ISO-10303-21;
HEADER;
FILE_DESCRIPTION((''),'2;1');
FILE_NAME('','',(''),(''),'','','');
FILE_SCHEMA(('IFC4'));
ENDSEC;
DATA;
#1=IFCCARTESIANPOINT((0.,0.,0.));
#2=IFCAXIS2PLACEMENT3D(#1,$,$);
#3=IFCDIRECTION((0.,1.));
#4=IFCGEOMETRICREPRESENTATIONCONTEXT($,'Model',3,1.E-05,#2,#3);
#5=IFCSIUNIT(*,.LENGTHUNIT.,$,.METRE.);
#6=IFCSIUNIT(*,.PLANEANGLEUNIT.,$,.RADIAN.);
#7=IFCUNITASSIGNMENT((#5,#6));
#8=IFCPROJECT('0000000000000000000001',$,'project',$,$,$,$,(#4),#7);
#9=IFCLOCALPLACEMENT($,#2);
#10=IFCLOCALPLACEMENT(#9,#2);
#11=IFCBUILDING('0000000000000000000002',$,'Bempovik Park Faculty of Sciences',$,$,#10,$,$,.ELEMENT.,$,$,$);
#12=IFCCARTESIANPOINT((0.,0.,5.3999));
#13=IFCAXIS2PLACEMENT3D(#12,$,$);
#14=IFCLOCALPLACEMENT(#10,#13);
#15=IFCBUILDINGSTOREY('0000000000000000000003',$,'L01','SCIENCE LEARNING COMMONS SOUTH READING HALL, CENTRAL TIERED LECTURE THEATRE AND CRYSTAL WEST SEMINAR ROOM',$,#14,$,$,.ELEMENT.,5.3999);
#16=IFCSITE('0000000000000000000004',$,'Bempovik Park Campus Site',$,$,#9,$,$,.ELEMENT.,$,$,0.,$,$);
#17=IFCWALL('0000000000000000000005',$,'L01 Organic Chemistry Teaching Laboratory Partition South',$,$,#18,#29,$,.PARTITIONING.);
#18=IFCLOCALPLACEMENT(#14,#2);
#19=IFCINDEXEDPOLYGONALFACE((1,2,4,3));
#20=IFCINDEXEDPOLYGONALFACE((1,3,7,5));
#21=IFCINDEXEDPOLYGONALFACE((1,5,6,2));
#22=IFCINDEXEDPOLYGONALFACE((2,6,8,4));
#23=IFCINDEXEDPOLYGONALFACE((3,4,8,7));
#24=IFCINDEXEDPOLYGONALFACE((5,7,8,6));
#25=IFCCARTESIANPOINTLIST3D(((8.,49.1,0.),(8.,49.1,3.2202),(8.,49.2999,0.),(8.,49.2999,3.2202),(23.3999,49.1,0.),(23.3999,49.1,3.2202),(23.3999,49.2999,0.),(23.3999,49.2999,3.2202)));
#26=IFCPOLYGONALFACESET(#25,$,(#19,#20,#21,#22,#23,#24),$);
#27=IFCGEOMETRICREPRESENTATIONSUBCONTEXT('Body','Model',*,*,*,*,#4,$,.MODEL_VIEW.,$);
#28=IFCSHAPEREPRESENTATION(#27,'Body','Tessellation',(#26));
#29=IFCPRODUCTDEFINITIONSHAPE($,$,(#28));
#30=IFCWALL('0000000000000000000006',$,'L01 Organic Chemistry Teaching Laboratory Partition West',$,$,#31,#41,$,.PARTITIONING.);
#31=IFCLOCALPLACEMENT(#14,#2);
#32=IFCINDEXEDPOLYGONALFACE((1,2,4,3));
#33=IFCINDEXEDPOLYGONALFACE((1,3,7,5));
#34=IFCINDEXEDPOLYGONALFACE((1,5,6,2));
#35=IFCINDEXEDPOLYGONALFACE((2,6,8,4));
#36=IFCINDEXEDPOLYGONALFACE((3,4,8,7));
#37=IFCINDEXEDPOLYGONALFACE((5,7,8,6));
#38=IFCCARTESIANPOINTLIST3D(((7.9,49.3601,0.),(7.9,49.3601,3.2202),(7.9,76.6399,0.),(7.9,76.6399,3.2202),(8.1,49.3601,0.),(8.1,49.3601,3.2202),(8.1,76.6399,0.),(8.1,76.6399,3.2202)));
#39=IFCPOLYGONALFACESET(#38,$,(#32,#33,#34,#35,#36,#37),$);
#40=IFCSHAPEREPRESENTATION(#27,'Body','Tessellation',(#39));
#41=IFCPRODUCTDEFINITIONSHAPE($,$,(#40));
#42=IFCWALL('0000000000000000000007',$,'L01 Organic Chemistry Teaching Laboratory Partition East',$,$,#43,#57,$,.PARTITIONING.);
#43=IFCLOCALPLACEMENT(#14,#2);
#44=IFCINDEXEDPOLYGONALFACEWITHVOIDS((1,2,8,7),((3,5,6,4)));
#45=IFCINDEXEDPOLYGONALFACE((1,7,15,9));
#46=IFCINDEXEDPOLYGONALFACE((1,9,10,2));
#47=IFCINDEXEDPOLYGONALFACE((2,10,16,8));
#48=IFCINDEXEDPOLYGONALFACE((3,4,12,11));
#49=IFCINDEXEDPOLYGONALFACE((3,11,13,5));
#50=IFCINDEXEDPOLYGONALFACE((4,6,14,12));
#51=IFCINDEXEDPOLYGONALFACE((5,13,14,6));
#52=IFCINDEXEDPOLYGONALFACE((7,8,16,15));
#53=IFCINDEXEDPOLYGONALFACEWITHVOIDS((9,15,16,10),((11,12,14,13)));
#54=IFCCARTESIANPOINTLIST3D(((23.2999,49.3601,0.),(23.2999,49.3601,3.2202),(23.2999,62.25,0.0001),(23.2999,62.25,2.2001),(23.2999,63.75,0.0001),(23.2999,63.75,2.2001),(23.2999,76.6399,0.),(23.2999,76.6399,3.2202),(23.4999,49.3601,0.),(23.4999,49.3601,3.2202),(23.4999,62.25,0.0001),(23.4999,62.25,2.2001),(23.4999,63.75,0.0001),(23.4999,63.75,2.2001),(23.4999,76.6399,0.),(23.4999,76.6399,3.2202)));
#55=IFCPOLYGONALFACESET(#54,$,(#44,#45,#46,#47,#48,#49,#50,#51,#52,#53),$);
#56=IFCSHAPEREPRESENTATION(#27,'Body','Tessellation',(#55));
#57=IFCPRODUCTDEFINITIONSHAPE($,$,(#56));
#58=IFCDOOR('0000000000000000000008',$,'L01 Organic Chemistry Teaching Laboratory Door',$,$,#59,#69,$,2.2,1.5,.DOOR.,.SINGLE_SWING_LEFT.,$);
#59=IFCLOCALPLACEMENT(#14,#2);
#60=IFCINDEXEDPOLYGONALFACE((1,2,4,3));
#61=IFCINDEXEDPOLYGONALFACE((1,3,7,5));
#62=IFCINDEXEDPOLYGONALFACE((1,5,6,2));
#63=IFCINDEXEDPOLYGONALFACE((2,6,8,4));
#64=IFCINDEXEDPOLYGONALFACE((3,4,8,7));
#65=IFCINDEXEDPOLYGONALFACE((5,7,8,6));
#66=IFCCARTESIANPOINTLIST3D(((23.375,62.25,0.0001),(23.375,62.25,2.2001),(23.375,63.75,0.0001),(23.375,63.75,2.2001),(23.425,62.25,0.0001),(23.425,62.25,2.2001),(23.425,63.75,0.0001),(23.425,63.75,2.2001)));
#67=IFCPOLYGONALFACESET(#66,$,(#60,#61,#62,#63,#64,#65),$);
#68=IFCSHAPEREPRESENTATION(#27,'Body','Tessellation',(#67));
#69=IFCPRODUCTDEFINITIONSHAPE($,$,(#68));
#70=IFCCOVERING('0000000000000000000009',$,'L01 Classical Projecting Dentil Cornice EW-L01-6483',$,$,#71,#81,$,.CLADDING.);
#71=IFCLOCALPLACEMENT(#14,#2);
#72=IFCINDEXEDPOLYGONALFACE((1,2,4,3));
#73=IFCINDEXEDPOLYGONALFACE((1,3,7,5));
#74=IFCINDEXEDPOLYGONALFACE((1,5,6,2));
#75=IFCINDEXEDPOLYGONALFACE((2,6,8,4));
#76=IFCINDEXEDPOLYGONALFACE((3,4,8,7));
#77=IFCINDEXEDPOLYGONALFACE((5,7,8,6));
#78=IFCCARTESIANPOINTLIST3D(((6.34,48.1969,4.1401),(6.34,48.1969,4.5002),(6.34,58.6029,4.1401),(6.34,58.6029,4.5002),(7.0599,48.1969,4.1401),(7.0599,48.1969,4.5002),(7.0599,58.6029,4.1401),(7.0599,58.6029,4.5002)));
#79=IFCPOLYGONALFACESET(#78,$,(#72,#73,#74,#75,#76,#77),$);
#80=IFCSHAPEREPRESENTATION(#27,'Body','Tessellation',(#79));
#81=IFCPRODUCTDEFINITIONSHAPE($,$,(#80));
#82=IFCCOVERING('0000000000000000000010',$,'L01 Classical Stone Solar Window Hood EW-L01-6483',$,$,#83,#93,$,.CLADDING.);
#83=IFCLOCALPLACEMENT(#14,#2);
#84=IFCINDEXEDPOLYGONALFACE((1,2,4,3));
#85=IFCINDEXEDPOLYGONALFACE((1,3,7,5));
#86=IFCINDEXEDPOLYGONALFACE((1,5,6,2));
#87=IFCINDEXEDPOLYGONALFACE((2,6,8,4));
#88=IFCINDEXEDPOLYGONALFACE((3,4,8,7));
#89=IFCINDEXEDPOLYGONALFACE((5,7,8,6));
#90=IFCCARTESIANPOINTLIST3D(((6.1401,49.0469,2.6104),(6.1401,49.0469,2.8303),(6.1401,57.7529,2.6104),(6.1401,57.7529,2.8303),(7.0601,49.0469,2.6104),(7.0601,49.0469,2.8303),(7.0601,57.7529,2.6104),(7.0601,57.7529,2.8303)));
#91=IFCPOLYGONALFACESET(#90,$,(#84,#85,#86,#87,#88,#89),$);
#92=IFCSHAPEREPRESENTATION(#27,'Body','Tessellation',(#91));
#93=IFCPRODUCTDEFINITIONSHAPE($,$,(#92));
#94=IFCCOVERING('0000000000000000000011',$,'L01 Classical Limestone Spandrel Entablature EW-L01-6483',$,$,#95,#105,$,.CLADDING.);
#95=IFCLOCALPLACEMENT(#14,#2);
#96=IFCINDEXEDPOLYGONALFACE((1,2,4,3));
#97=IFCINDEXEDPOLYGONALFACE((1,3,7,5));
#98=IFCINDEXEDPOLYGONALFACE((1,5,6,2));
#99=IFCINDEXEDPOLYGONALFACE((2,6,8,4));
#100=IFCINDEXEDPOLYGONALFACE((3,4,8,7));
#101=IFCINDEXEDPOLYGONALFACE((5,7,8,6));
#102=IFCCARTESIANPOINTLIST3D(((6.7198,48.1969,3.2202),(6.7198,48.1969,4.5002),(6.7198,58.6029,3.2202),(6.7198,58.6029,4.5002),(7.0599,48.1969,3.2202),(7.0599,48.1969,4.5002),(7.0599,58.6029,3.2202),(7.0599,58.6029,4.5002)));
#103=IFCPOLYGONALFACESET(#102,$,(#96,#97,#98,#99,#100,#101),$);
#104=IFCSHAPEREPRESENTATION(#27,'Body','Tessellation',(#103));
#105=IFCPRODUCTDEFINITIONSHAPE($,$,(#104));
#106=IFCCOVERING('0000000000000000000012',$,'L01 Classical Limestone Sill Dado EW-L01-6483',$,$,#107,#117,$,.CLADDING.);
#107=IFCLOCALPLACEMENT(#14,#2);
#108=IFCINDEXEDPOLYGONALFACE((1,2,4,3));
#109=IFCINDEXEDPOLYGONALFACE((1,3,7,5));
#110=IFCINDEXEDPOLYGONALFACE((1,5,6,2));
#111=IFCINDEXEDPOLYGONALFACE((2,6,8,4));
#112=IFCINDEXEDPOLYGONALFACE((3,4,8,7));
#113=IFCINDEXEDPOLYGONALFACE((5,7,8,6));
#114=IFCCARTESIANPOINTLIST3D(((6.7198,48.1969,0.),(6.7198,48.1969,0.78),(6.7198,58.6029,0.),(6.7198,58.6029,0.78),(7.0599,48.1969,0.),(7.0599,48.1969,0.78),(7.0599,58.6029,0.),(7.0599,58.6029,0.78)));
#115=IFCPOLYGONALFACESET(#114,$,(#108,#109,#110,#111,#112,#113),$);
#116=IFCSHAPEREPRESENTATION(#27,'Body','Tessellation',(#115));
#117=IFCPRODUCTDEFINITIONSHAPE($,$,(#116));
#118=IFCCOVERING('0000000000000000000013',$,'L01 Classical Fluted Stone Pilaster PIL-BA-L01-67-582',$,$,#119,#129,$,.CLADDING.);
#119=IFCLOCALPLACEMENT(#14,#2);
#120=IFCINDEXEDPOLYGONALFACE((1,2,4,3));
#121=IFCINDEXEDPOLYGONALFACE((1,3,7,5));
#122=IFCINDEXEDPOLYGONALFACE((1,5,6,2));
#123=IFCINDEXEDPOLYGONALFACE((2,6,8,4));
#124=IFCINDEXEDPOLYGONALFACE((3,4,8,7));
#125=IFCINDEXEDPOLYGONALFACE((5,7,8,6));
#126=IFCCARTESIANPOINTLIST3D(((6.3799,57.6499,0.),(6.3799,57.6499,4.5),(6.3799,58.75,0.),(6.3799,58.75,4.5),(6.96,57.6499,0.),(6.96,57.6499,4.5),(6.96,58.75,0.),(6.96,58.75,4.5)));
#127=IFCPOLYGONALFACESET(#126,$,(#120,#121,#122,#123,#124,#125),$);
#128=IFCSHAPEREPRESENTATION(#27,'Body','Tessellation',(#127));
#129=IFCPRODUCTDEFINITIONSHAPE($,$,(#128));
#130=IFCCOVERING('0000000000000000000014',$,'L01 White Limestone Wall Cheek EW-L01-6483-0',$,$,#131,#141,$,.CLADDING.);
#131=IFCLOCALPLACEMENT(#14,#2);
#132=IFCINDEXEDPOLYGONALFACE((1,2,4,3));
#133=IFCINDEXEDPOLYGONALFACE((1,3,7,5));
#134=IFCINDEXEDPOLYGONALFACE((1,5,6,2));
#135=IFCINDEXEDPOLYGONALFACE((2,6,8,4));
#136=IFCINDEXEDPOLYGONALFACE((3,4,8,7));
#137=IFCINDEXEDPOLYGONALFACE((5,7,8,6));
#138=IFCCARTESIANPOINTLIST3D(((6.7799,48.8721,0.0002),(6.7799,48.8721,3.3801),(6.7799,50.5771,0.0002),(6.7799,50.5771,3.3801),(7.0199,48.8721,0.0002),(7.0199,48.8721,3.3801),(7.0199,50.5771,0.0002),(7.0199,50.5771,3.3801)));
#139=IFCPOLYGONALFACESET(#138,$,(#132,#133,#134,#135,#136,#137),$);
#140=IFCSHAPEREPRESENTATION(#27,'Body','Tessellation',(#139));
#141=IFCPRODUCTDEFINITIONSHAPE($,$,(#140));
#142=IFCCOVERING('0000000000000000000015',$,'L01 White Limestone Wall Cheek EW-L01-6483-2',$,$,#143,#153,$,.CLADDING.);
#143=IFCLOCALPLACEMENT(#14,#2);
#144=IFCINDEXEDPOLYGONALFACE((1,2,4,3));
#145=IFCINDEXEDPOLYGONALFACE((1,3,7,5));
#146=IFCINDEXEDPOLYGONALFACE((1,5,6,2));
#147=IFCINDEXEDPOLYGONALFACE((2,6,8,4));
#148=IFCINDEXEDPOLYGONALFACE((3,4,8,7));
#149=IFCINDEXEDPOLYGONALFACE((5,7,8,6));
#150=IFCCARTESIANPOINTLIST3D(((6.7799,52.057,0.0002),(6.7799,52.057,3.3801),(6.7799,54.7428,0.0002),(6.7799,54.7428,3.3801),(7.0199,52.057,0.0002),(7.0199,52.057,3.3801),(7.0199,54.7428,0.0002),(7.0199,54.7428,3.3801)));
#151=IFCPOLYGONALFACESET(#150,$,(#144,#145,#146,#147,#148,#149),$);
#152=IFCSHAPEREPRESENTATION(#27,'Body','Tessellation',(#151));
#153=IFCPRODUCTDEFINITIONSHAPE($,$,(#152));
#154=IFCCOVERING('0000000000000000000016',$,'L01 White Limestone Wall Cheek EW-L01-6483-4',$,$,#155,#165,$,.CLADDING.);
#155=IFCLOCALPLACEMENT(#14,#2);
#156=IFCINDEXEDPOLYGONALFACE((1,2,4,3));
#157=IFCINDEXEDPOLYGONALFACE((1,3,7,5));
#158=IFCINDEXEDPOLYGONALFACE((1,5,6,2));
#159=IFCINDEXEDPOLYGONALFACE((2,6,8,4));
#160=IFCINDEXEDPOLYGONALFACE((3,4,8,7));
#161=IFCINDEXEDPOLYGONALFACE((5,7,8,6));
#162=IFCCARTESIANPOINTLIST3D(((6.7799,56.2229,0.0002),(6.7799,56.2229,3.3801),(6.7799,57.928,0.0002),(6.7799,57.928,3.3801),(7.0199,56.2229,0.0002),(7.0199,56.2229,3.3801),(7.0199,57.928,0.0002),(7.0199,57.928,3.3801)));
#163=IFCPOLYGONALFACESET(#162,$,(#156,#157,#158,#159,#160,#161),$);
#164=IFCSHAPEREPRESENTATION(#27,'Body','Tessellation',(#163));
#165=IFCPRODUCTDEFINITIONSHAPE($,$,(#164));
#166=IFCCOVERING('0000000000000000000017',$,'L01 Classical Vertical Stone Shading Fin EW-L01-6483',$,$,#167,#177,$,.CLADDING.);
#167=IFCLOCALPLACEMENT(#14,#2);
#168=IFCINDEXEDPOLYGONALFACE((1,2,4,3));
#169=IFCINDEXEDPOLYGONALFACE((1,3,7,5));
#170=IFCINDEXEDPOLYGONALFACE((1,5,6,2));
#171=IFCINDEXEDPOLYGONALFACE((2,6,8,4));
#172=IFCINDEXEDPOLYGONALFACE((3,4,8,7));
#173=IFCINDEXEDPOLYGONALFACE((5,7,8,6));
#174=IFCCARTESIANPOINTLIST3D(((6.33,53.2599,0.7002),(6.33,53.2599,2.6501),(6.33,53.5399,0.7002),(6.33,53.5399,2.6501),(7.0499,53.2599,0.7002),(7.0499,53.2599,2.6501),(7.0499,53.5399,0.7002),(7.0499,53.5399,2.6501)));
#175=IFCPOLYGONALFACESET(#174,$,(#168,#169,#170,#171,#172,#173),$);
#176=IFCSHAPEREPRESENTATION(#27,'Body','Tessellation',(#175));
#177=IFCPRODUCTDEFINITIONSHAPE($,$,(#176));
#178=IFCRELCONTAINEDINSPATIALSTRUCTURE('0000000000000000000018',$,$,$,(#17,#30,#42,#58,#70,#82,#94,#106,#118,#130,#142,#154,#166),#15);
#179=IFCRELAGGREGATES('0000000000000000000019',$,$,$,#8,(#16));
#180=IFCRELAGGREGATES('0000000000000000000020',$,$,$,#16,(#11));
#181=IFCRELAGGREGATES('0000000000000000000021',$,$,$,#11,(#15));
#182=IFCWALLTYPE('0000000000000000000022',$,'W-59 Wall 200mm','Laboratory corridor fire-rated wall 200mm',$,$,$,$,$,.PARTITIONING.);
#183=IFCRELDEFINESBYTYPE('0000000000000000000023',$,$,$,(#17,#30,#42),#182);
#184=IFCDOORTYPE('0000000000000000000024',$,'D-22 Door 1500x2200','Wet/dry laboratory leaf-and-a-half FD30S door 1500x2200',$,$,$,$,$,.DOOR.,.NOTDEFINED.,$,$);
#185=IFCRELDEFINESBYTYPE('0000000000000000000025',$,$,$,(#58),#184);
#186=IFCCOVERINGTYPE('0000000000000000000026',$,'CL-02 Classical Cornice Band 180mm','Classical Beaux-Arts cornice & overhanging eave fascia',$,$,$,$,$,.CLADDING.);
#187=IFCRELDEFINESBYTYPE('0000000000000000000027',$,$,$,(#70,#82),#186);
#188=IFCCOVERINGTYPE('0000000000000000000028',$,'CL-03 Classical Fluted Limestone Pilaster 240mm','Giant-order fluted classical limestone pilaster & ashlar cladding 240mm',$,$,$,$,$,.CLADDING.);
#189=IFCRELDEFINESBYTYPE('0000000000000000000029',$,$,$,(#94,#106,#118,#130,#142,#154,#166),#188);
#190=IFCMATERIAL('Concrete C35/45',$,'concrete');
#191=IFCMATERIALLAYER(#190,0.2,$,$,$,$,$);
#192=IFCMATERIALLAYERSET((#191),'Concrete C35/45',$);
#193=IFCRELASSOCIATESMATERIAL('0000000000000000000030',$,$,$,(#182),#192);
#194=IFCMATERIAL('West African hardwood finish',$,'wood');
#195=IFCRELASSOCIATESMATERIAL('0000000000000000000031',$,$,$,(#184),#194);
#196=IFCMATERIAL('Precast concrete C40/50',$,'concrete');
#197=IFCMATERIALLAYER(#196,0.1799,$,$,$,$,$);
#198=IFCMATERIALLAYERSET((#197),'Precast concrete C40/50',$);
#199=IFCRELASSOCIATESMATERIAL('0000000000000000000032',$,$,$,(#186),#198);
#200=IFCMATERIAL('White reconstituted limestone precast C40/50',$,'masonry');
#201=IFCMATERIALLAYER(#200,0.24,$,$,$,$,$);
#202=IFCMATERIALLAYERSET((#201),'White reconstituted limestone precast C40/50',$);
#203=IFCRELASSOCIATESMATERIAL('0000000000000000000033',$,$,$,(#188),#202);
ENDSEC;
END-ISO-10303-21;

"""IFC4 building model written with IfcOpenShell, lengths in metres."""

from ifc_helpers import new_model, si_unit, direction, frame, frame_2d, origin, origin_2d, place, context, subcontext, project, spatial, rectangle, extrude, material, layer, layer_set, type_object, element, fill, save


model = new_model("IFC4")

# Units and contexts
model_context = context("Model", 3, precision=1e-05, world=origin(), true_north=direction((0.0, 1.0)))
body_context = subcontext(model_context, "Body", "Model", "MODEL_VIEW")
ifc_project = project(units=[si_unit("LENGTHUNIT", "METRE"), si_unit("PLANEANGLEUNIT", "RADIAN")], contexts=[model_context])

# Site, building, storey
site_placement = place(None, origin())
site = spatial("IfcSite", under=ifc_project, at=site_placement, Name="Bempovik Park Campus Site", CompositionType="ELEMENT", RefElevation=0.0)
building_placement = place(site_placement, origin())
building = spatial("IfcBuilding", under=site, at=building_placement, Name="Bempovik Park Faculty of Sciences", CompositionType="ELEMENT")
storey_placement = place(building_placement, frame((0.0, 0.0, 5.3999)))
storey = spatial("IfcBuildingStorey", under=building, at=storey_placement, Name="L01", Description="SCIENCE LEARNING COMMONS SOUTH READING HALL, CENTRAL TIERED LECTURE THEATRE AND CRYSTAL WEST SEMINAR ROOM", CompositionType="ELEMENT", Elevation=5.3999)

# Shared definitions
ifc_material_1 = material(Name="Concrete C35/45", Category="concrete")

# Shared definitions
ifc_material_2 = material(Name="Precast concrete C40/50", Category="concrete")

# Walls
ifc_layer_1 = layer(ifc_material_1, 0.2)
ifc_layer_set_1 = layer_set([ifc_layer_1], Name="Concrete C35/45")
wall_type_1 = type_object("IfcWallType", Name="W-59 Wall 200mm", Description="Laboratory corridor fire-rated wall 200mm", PredefinedType="PARTITIONING", material=ifc_layer_set_1)
wall_1_placement = place(storey_placement, frame((8.0, 49.2, 0.0), z_axis=(0.0, 0.0, 1.0), x_axis=(1.0, 0.0, 0.0)))
element("IfcWall", 1, at=wall_1_placement, inside=storey, type_object=wall_type_1, Name="L01 Organic Chemistry Teaching Laboratory Partition South", PredefinedType="PARTITIONING", context=body_context, shape_type="SweptSolid", body=[
    extrude(rectangle(XDim=15.3999, YDim=0.2, at=frame_2d((7.7, 0.0))), origin(), (0.0, 0.0, 1.0), 3.2202),
])
wall_2_placement = place(storey_placement, frame((8.0, 49.3601, 0.0), z_axis=(0.0, 0.0, 1.0), x_axis=(0.0, 1.0, 0.0)))
element("IfcWall", 2, at=wall_2_placement, inside=storey, type_object=wall_type_1, Name="L01 Organic Chemistry Teaching Laboratory Partition West", PredefinedType="PARTITIONING", context=body_context, shape_type="SweptSolid", body=[
    extrude(rectangle(XDim=27.2798, YDim=0.2, at=frame_2d((13.6399, 0.0))), origin(), (0.0, 0.0, 1.0), 3.2202),
])

# Wall, opening, door
wall_3_placement = place(storey_placement, frame((23.3999, 49.3601, 0.0), z_axis=(0.0, 0.0, 1.0), x_axis=(0.0, 1.0, 0.0)))
wall_3 = element("IfcWall", 3, at=wall_3_placement, inside=storey, type_object=wall_type_1, Name="L01 Organic Chemistry Teaching Laboratory Partition East", PredefinedType="PARTITIONING", context=body_context, shape_type="SweptSolid", body=[
    extrude(rectangle(XDim=27.2798, YDim=0.2, at=frame_2d((13.6399, 0.0))), origin(), (0.0, 0.0, 1.0), 3.2202),
])
opening_1_placement = place(wall_3_placement, frame((12.8899, 0.0, 0.0)))
opening_1 = element("IfcOpeningElement", 4, at=opening_1_placement, cuts=wall_3, PredefinedType="OPENING", context=body_context, shape_type="SweptSolid", body=[
    extrude(rectangle(XDim=1.5, YDim=2.2, at=frame_2d((0.75, 1.1001))), frame((0.0, 0.1099, 0.0), z_axis=(0.0, -1.0, 0.0), x_axis=(1.0, 0.0, 0.0)), (0.0, 0.0, 1.0), 0.22),
])
ifc_material_3 = material(Name="West African hardwood finish", Category="wood")
door_type = type_object("IfcDoorType", Name="D-22 Door 1500x2200", Description="Wet/dry laboratory leaf-and-a-half FD30S door 1500x2200", OperationType="NOTDEFINED", PredefinedType="DOOR", material=ifc_material_3)
door_placement = place(opening_1_placement, origin())
door = element("IfcDoor", 5, at=door_placement, inside=storey, type_object=door_type, Name="L01 Organic Chemistry Teaching Laboratory Door", OperationType="SINGLE_SWING_LEFT", OverallHeight=2.2, OverallWidth=1.5, PredefinedType="DOOR", context=body_context, shape_type="SweptSolid", body=[
    extrude(rectangle(XDim=1.5, YDim=2.2, at=frame_2d((0.75, 1.1001))), frame((0.0, 0.0249, 0.0), z_axis=(0.0, -1.0, 0.0), x_axis=(1.0, 0.0, 0.0)), (0.0, 0.0, 1.0), 0.05),
])
fill(opening_1, door)

# Coverings
ifc_layer_2 = layer(ifc_material_2, 0.1799)
ifc_layer_set_2 = layer_set([ifc_layer_2], Name="Precast concrete C40/50")
covering_type_1 = type_object("IfcCoveringType", Name="CL-02 Classical Cornice Band 180mm", Description="Classical Beaux-Arts cornice & overhanging eave fascia", PredefinedType="CLADDING", material=ifc_layer_set_2)
covering_1_placement = place(storey_placement, frame((6.7, 53.3999, 4.1401), z_axis=(0.0, 0.0, 1.0), x_axis=(1.0, 0.0, 0.0)))
element("IfcCovering", 6, at=covering_1_placement, inside=storey, type_object=covering_type_1, Name="L01 Classical Projecting Dentil Cornice EW-L01-6483", PredefinedType="CLADDING", context=body_context, shape_type="SweptSolid", body=[
    extrude(rectangle(XDim=0.72, YDim=10.406, at=origin_2d()), origin(), (0.0, 0.0, 1.0), 0.3601),
])
covering_2_placement = place(storey_placement, frame((6.6001, 53.3999, 2.6104), z_axis=(0.0, 0.0, 1.0), x_axis=(1.0, 0.0, 0.0)))
element("IfcCovering", 7, at=covering_2_placement, inside=storey, type_object=covering_type_1, Name="L01 Classical Stone Solar Window Hood EW-L01-6483", PredefinedType="CLADDING", context=body_context, shape_type="SweptSolid", body=[
    extrude(rectangle(XDim=0.9199, YDim=8.7061, at=origin_2d()), origin(), (0.0, 0.0, 1.0), 0.22),
])
ifc_material_4 = material(Name="White reconstituted limestone precast C40/50", Category="masonry")
ifc_layer_3 = layer(ifc_material_4, 0.24)
ifc_layer_set_3 = layer_set([ifc_layer_3], Name="White reconstituted limestone precast C40/50")
covering_type_2 = type_object("IfcCoveringType", Name="CL-03 Classical Fluted Limestone Pilaster 240mm", Description="Giant-order fluted classical limestone pilaster & ashlar cladding 240mm", PredefinedType="CLADDING", material=ifc_layer_set_3)
covering_3_placement = place(storey_placement, frame((6.8899, 53.3999, 3.2202), z_axis=(0.0, 0.0, 1.0), x_axis=(1.0, 0.0, 0.0)))
element("IfcCovering", 8, at=covering_3_placement, inside=storey, type_object=covering_type_2, Name="L01 Classical Limestone Spandrel Entablature EW-L01-6483", PredefinedType="CLADDING", context=body_context, shape_type="SweptSolid", body=[
    extrude(rectangle(XDim=0.3401, YDim=10.406, at=origin_2d()), origin(), (0.0, 0.0, 1.0), 1.28),
])
covering_4_placement = place(storey_placement, frame((6.8899, 53.3999, 0.0), z_axis=(0.0, 0.0, 1.0), x_axis=(1.0, 0.0, 0.0)))
element("IfcCovering", 9, at=covering_4_placement, inside=storey, type_object=covering_type_2, Name="L01 Classical Limestone Sill Dado EW-L01-6483", PredefinedType="CLADDING", context=body_context, shape_type="SweptSolid", body=[
    extrude(rectangle(XDim=0.3401, YDim=10.406, at=origin_2d()), origin(), (0.0, 0.0, 1.0), 0.78),
])
covering_5_placement = place(storey_placement, frame((6.6699, 58.2, 0.0), z_axis=(0.0, 0.0, 1.0), x_axis=(1.0, 0.0, 0.0)))
element("IfcCovering", 10, at=covering_5_placement, inside=storey, type_object=covering_type_2, Name="L01 Classical Fluted Stone Pilaster PIL-BA-L01-67-582", PredefinedType="CLADDING", context=body_context, shape_type="SweptSolid", body=[
    extrude(rectangle(XDim=0.5801, YDim=1.1001, at=origin_2d()), origin(), (0.0, 0.0, 1.0), 4.5),
])
covering_6_placement = place(storey_placement, frame((6.8999, 49.7246, 0.0002), z_axis=(0.0, 0.0, 1.0), x_axis=(1.0, 0.0, 0.0)))
element("IfcCovering", 11, at=covering_6_placement, inside=storey, type_object=covering_type_2, Name="L01 White Limestone Wall Cheek EW-L01-6483-0", PredefinedType="CLADDING", context=body_context, shape_type="SweptSolid", body=[
    extrude(rectangle(XDim=0.24, YDim=1.7051, at=origin_2d()), origin(), (0.0, 0.0, 1.0), 3.3799),
])
covering_7_placement = place(storey_placement, frame((6.8999, 53.3999, 0.0002), z_axis=(0.0, 0.0, 1.0), x_axis=(1.0, 0.0, 0.0)))
element("IfcCovering", 12, at=covering_7_placement, inside=storey, type_object=covering_type_2, Name="L01 White Limestone Wall Cheek EW-L01-6483-2", PredefinedType="CLADDING", context=body_context, shape_type="SweptSolid", body=[
    extrude(rectangle(XDim=0.24, YDim=2.6858, at=origin_2d()), origin(), (0.0, 0.0, 1.0), 3.3799),
])
covering_8_placement = place(storey_placement, frame((6.8999, 57.0754, 0.0002), z_axis=(0.0, 0.0, 1.0), x_axis=(1.0, 0.0, 0.0)))
element("IfcCovering", 13, at=covering_8_placement, inside=storey, type_object=covering_type_2, Name="L01 White Limestone Wall Cheek EW-L01-6483-4", PredefinedType="CLADDING", context=body_context, shape_type="SweptSolid", body=[
    extrude(rectangle(XDim=0.24, YDim=1.7051, at=origin_2d()), origin(), (0.0, 0.0, 1.0), 3.3799),
])
covering_9_placement = place(storey_placement, frame((6.6899, 53.3999, 0.7002), z_axis=(0.0, 0.0, 1.0), x_axis=(1.0, 0.0, 0.0)))
element("IfcCovering", 14, at=covering_9_placement, inside=storey, type_object=covering_type_2, Name="L01 Classical Vertical Stone Shading Fin EW-L01-6483", PredefinedType="CLADDING", context=body_context, shape_type="SweptSolid", body=[
    extrude(rectangle(XDim=0.72, YDim=0.28, at=origin_2d()), origin(), (0.0, 0.0, 1.0), 1.95),
])

save(model, "model.ifc")
